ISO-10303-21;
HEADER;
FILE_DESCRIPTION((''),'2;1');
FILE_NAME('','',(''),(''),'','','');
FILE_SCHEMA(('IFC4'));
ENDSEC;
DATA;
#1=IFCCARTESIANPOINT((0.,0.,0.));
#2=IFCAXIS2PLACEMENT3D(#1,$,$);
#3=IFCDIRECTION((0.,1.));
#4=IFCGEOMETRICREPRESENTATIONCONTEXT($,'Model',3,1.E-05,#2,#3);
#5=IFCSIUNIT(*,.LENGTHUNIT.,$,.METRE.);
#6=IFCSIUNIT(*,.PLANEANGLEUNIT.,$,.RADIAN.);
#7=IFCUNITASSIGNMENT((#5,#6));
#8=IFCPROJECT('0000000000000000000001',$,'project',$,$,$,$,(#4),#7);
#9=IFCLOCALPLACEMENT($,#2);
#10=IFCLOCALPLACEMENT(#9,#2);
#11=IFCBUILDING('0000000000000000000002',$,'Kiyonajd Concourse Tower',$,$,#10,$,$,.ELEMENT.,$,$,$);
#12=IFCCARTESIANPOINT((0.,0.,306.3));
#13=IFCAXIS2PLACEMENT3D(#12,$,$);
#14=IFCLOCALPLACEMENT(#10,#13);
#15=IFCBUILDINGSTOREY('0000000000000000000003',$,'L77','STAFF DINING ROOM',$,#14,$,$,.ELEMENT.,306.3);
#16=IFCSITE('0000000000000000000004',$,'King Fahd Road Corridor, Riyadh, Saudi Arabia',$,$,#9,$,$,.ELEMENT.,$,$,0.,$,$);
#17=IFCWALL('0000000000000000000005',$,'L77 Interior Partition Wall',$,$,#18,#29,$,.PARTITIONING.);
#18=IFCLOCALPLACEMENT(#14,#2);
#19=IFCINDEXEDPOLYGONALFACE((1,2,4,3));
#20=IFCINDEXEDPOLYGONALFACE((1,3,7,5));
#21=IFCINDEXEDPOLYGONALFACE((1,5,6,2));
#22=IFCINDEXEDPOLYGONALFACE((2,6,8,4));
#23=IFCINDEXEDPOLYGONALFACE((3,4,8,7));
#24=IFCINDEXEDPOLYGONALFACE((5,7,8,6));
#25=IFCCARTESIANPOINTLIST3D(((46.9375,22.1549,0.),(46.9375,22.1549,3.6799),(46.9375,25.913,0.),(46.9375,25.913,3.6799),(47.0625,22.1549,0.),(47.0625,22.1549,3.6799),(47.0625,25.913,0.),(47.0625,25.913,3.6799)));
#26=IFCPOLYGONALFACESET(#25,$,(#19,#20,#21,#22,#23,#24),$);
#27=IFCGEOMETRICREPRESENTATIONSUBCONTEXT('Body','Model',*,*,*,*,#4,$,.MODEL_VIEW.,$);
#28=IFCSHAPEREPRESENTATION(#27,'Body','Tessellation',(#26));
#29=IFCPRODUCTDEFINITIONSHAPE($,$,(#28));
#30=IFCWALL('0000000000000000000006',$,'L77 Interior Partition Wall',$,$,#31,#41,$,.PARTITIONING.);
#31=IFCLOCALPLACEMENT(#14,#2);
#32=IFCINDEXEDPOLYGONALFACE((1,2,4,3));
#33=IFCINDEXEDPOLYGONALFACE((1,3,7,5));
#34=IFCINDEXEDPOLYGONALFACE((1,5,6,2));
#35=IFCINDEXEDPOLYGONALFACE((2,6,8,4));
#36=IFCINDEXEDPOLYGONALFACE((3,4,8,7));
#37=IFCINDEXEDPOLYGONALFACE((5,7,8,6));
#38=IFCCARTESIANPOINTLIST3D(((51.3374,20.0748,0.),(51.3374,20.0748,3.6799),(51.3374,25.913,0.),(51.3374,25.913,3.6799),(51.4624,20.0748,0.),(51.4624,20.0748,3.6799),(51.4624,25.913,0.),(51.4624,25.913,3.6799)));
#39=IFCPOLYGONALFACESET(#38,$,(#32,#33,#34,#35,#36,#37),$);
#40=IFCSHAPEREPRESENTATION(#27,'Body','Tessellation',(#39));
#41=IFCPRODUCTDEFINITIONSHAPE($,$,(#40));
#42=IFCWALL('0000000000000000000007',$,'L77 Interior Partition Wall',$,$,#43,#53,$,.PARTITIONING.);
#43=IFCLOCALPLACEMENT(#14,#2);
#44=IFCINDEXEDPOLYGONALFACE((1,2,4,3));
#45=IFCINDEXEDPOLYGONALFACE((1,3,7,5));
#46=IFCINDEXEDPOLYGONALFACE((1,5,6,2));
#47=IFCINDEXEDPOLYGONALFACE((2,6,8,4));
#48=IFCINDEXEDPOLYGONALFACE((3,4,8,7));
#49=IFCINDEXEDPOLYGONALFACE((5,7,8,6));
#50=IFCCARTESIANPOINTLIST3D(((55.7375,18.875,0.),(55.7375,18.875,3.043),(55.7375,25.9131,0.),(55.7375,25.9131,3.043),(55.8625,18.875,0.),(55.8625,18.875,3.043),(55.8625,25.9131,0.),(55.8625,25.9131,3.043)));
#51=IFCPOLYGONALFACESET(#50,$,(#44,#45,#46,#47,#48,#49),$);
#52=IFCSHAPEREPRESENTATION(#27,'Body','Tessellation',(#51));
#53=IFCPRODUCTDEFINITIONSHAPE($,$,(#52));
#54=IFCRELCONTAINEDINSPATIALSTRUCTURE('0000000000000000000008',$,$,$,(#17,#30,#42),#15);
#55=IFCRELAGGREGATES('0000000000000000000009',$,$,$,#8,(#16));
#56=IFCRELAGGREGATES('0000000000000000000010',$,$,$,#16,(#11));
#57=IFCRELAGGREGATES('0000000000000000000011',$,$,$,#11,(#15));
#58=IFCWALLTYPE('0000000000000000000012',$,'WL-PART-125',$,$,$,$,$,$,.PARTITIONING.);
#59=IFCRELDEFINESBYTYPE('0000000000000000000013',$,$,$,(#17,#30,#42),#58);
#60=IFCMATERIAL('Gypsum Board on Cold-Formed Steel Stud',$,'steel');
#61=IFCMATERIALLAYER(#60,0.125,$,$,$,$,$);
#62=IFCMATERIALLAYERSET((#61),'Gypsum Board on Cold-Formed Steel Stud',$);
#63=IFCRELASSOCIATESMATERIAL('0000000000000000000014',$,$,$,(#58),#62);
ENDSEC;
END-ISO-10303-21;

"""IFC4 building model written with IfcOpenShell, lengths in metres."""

from ifc_helpers import new_model, si_unit, direction, frame, frame_2d, origin, place, context, subcontext, project, spatial, rectangle, extrude, material, layer, layer_set, type_object, element, save


model = new_model("IFC4")

# Units and contexts
model_context = context("Model", 3, precision=1e-05, world=origin(), true_north=direction((0.0, 1.0)))
body_context = subcontext(model_context, "Body", "Model", "MODEL_VIEW")
ifc_project = project(units=[si_unit("LENGTHUNIT", "METRE"), si_unit("PLANEANGLEUNIT", "RADIAN")], contexts=[model_context])

# Site, building, storey
site_placement = place(None, origin())
site = spatial("IfcSite", under=ifc_project, at=site_placement, Name="King Fahd Road Corridor, Riyadh, Saudi Arabia", CompositionType="ELEMENT", RefElevation=0.0)
building_placement = place(site_placement, origin())
building = spatial("IfcBuilding", under=site, at=building_placement, Name="Kiyonajd Concourse Tower", CompositionType="ELEMENT")
storey_placement = place(building_placement, frame((0.0, 0.0, 306.3)))
storey = spatial("IfcBuildingStorey", under=building, at=storey_placement, Name="L77", Description="STAFF DINING ROOM", CompositionType="ELEMENT", Elevation=306.3)

# Walls
ifc_material_1 = material(Name="Gypsum Board on Cold-Formed Steel Stud", Category="steel")
ifc_layer_1 = layer(ifc_material_1, 0.125)
ifc_layer_set_1 = layer_set([ifc_layer_1], Name="Gypsum Board on Cold-Formed Steel Stud")
wall_type_1 = type_object("IfcWallType", Name="WL-PART-125", PredefinedType="PARTITIONING", material=ifc_layer_set_1)
wall_1_placement = place(storey_placement, frame((47.0, 22.155, 0.0), z_axis=(0.0, 0.0, 1.0), x_axis=(0.0, 1.0, 0.0)))
element("IfcWall", 1, at=wall_1_placement, inside=storey, type_object=wall_type_1, Name="L77 Interior Partition Wall", PredefinedType="PARTITIONING", context=body_context, shape_type="SweptSolid", body=[
    extrude(rectangle(XDim=3.7581, YDim=0.125, at=frame_2d((1.8789, 0.0))), origin(), (0.0, 0.0, 1.0), 3.6799),
])
wall_2_placement = place(storey_placement, frame((51.3999, 20.075, 0.0), z_axis=(0.0, 0.0, 1.0), x_axis=(0.0, 1.0, 0.0)))
element("IfcWall", 2, at=wall_2_placement, inside=storey, type_object=wall_type_1, Name="L77 Interior Partition Wall", PredefinedType="PARTITIONING", context=body_context, shape_type="SweptSolid", body=[
    extrude(rectangle(XDim=5.8381, YDim=0.125, at=frame_2d((2.9189, 0.0))), origin(), (0.0, 0.0, 1.0), 3.6799),
])
wall_3_placement = place(storey_placement, frame((55.8, 18.875, 0.0), z_axis=(0.0, 0.0, 1.0), x_axis=(0.0, 1.0, 0.0)))
element("IfcWall", 3, at=wall_3_placement, inside=storey, type_object=wall_type_1, Name="L77 Interior Partition Wall", PredefinedType="PARTITIONING", context=body_context, shape_type="SweptSolid", body=[
    extrude(rectangle(XDim=7.0381, YDim=0.125, at=frame_2d((3.519, 0.0))), origin(), (0.0, 0.0, 1.0), 3.043),
])

save(model, "model.ifc")
